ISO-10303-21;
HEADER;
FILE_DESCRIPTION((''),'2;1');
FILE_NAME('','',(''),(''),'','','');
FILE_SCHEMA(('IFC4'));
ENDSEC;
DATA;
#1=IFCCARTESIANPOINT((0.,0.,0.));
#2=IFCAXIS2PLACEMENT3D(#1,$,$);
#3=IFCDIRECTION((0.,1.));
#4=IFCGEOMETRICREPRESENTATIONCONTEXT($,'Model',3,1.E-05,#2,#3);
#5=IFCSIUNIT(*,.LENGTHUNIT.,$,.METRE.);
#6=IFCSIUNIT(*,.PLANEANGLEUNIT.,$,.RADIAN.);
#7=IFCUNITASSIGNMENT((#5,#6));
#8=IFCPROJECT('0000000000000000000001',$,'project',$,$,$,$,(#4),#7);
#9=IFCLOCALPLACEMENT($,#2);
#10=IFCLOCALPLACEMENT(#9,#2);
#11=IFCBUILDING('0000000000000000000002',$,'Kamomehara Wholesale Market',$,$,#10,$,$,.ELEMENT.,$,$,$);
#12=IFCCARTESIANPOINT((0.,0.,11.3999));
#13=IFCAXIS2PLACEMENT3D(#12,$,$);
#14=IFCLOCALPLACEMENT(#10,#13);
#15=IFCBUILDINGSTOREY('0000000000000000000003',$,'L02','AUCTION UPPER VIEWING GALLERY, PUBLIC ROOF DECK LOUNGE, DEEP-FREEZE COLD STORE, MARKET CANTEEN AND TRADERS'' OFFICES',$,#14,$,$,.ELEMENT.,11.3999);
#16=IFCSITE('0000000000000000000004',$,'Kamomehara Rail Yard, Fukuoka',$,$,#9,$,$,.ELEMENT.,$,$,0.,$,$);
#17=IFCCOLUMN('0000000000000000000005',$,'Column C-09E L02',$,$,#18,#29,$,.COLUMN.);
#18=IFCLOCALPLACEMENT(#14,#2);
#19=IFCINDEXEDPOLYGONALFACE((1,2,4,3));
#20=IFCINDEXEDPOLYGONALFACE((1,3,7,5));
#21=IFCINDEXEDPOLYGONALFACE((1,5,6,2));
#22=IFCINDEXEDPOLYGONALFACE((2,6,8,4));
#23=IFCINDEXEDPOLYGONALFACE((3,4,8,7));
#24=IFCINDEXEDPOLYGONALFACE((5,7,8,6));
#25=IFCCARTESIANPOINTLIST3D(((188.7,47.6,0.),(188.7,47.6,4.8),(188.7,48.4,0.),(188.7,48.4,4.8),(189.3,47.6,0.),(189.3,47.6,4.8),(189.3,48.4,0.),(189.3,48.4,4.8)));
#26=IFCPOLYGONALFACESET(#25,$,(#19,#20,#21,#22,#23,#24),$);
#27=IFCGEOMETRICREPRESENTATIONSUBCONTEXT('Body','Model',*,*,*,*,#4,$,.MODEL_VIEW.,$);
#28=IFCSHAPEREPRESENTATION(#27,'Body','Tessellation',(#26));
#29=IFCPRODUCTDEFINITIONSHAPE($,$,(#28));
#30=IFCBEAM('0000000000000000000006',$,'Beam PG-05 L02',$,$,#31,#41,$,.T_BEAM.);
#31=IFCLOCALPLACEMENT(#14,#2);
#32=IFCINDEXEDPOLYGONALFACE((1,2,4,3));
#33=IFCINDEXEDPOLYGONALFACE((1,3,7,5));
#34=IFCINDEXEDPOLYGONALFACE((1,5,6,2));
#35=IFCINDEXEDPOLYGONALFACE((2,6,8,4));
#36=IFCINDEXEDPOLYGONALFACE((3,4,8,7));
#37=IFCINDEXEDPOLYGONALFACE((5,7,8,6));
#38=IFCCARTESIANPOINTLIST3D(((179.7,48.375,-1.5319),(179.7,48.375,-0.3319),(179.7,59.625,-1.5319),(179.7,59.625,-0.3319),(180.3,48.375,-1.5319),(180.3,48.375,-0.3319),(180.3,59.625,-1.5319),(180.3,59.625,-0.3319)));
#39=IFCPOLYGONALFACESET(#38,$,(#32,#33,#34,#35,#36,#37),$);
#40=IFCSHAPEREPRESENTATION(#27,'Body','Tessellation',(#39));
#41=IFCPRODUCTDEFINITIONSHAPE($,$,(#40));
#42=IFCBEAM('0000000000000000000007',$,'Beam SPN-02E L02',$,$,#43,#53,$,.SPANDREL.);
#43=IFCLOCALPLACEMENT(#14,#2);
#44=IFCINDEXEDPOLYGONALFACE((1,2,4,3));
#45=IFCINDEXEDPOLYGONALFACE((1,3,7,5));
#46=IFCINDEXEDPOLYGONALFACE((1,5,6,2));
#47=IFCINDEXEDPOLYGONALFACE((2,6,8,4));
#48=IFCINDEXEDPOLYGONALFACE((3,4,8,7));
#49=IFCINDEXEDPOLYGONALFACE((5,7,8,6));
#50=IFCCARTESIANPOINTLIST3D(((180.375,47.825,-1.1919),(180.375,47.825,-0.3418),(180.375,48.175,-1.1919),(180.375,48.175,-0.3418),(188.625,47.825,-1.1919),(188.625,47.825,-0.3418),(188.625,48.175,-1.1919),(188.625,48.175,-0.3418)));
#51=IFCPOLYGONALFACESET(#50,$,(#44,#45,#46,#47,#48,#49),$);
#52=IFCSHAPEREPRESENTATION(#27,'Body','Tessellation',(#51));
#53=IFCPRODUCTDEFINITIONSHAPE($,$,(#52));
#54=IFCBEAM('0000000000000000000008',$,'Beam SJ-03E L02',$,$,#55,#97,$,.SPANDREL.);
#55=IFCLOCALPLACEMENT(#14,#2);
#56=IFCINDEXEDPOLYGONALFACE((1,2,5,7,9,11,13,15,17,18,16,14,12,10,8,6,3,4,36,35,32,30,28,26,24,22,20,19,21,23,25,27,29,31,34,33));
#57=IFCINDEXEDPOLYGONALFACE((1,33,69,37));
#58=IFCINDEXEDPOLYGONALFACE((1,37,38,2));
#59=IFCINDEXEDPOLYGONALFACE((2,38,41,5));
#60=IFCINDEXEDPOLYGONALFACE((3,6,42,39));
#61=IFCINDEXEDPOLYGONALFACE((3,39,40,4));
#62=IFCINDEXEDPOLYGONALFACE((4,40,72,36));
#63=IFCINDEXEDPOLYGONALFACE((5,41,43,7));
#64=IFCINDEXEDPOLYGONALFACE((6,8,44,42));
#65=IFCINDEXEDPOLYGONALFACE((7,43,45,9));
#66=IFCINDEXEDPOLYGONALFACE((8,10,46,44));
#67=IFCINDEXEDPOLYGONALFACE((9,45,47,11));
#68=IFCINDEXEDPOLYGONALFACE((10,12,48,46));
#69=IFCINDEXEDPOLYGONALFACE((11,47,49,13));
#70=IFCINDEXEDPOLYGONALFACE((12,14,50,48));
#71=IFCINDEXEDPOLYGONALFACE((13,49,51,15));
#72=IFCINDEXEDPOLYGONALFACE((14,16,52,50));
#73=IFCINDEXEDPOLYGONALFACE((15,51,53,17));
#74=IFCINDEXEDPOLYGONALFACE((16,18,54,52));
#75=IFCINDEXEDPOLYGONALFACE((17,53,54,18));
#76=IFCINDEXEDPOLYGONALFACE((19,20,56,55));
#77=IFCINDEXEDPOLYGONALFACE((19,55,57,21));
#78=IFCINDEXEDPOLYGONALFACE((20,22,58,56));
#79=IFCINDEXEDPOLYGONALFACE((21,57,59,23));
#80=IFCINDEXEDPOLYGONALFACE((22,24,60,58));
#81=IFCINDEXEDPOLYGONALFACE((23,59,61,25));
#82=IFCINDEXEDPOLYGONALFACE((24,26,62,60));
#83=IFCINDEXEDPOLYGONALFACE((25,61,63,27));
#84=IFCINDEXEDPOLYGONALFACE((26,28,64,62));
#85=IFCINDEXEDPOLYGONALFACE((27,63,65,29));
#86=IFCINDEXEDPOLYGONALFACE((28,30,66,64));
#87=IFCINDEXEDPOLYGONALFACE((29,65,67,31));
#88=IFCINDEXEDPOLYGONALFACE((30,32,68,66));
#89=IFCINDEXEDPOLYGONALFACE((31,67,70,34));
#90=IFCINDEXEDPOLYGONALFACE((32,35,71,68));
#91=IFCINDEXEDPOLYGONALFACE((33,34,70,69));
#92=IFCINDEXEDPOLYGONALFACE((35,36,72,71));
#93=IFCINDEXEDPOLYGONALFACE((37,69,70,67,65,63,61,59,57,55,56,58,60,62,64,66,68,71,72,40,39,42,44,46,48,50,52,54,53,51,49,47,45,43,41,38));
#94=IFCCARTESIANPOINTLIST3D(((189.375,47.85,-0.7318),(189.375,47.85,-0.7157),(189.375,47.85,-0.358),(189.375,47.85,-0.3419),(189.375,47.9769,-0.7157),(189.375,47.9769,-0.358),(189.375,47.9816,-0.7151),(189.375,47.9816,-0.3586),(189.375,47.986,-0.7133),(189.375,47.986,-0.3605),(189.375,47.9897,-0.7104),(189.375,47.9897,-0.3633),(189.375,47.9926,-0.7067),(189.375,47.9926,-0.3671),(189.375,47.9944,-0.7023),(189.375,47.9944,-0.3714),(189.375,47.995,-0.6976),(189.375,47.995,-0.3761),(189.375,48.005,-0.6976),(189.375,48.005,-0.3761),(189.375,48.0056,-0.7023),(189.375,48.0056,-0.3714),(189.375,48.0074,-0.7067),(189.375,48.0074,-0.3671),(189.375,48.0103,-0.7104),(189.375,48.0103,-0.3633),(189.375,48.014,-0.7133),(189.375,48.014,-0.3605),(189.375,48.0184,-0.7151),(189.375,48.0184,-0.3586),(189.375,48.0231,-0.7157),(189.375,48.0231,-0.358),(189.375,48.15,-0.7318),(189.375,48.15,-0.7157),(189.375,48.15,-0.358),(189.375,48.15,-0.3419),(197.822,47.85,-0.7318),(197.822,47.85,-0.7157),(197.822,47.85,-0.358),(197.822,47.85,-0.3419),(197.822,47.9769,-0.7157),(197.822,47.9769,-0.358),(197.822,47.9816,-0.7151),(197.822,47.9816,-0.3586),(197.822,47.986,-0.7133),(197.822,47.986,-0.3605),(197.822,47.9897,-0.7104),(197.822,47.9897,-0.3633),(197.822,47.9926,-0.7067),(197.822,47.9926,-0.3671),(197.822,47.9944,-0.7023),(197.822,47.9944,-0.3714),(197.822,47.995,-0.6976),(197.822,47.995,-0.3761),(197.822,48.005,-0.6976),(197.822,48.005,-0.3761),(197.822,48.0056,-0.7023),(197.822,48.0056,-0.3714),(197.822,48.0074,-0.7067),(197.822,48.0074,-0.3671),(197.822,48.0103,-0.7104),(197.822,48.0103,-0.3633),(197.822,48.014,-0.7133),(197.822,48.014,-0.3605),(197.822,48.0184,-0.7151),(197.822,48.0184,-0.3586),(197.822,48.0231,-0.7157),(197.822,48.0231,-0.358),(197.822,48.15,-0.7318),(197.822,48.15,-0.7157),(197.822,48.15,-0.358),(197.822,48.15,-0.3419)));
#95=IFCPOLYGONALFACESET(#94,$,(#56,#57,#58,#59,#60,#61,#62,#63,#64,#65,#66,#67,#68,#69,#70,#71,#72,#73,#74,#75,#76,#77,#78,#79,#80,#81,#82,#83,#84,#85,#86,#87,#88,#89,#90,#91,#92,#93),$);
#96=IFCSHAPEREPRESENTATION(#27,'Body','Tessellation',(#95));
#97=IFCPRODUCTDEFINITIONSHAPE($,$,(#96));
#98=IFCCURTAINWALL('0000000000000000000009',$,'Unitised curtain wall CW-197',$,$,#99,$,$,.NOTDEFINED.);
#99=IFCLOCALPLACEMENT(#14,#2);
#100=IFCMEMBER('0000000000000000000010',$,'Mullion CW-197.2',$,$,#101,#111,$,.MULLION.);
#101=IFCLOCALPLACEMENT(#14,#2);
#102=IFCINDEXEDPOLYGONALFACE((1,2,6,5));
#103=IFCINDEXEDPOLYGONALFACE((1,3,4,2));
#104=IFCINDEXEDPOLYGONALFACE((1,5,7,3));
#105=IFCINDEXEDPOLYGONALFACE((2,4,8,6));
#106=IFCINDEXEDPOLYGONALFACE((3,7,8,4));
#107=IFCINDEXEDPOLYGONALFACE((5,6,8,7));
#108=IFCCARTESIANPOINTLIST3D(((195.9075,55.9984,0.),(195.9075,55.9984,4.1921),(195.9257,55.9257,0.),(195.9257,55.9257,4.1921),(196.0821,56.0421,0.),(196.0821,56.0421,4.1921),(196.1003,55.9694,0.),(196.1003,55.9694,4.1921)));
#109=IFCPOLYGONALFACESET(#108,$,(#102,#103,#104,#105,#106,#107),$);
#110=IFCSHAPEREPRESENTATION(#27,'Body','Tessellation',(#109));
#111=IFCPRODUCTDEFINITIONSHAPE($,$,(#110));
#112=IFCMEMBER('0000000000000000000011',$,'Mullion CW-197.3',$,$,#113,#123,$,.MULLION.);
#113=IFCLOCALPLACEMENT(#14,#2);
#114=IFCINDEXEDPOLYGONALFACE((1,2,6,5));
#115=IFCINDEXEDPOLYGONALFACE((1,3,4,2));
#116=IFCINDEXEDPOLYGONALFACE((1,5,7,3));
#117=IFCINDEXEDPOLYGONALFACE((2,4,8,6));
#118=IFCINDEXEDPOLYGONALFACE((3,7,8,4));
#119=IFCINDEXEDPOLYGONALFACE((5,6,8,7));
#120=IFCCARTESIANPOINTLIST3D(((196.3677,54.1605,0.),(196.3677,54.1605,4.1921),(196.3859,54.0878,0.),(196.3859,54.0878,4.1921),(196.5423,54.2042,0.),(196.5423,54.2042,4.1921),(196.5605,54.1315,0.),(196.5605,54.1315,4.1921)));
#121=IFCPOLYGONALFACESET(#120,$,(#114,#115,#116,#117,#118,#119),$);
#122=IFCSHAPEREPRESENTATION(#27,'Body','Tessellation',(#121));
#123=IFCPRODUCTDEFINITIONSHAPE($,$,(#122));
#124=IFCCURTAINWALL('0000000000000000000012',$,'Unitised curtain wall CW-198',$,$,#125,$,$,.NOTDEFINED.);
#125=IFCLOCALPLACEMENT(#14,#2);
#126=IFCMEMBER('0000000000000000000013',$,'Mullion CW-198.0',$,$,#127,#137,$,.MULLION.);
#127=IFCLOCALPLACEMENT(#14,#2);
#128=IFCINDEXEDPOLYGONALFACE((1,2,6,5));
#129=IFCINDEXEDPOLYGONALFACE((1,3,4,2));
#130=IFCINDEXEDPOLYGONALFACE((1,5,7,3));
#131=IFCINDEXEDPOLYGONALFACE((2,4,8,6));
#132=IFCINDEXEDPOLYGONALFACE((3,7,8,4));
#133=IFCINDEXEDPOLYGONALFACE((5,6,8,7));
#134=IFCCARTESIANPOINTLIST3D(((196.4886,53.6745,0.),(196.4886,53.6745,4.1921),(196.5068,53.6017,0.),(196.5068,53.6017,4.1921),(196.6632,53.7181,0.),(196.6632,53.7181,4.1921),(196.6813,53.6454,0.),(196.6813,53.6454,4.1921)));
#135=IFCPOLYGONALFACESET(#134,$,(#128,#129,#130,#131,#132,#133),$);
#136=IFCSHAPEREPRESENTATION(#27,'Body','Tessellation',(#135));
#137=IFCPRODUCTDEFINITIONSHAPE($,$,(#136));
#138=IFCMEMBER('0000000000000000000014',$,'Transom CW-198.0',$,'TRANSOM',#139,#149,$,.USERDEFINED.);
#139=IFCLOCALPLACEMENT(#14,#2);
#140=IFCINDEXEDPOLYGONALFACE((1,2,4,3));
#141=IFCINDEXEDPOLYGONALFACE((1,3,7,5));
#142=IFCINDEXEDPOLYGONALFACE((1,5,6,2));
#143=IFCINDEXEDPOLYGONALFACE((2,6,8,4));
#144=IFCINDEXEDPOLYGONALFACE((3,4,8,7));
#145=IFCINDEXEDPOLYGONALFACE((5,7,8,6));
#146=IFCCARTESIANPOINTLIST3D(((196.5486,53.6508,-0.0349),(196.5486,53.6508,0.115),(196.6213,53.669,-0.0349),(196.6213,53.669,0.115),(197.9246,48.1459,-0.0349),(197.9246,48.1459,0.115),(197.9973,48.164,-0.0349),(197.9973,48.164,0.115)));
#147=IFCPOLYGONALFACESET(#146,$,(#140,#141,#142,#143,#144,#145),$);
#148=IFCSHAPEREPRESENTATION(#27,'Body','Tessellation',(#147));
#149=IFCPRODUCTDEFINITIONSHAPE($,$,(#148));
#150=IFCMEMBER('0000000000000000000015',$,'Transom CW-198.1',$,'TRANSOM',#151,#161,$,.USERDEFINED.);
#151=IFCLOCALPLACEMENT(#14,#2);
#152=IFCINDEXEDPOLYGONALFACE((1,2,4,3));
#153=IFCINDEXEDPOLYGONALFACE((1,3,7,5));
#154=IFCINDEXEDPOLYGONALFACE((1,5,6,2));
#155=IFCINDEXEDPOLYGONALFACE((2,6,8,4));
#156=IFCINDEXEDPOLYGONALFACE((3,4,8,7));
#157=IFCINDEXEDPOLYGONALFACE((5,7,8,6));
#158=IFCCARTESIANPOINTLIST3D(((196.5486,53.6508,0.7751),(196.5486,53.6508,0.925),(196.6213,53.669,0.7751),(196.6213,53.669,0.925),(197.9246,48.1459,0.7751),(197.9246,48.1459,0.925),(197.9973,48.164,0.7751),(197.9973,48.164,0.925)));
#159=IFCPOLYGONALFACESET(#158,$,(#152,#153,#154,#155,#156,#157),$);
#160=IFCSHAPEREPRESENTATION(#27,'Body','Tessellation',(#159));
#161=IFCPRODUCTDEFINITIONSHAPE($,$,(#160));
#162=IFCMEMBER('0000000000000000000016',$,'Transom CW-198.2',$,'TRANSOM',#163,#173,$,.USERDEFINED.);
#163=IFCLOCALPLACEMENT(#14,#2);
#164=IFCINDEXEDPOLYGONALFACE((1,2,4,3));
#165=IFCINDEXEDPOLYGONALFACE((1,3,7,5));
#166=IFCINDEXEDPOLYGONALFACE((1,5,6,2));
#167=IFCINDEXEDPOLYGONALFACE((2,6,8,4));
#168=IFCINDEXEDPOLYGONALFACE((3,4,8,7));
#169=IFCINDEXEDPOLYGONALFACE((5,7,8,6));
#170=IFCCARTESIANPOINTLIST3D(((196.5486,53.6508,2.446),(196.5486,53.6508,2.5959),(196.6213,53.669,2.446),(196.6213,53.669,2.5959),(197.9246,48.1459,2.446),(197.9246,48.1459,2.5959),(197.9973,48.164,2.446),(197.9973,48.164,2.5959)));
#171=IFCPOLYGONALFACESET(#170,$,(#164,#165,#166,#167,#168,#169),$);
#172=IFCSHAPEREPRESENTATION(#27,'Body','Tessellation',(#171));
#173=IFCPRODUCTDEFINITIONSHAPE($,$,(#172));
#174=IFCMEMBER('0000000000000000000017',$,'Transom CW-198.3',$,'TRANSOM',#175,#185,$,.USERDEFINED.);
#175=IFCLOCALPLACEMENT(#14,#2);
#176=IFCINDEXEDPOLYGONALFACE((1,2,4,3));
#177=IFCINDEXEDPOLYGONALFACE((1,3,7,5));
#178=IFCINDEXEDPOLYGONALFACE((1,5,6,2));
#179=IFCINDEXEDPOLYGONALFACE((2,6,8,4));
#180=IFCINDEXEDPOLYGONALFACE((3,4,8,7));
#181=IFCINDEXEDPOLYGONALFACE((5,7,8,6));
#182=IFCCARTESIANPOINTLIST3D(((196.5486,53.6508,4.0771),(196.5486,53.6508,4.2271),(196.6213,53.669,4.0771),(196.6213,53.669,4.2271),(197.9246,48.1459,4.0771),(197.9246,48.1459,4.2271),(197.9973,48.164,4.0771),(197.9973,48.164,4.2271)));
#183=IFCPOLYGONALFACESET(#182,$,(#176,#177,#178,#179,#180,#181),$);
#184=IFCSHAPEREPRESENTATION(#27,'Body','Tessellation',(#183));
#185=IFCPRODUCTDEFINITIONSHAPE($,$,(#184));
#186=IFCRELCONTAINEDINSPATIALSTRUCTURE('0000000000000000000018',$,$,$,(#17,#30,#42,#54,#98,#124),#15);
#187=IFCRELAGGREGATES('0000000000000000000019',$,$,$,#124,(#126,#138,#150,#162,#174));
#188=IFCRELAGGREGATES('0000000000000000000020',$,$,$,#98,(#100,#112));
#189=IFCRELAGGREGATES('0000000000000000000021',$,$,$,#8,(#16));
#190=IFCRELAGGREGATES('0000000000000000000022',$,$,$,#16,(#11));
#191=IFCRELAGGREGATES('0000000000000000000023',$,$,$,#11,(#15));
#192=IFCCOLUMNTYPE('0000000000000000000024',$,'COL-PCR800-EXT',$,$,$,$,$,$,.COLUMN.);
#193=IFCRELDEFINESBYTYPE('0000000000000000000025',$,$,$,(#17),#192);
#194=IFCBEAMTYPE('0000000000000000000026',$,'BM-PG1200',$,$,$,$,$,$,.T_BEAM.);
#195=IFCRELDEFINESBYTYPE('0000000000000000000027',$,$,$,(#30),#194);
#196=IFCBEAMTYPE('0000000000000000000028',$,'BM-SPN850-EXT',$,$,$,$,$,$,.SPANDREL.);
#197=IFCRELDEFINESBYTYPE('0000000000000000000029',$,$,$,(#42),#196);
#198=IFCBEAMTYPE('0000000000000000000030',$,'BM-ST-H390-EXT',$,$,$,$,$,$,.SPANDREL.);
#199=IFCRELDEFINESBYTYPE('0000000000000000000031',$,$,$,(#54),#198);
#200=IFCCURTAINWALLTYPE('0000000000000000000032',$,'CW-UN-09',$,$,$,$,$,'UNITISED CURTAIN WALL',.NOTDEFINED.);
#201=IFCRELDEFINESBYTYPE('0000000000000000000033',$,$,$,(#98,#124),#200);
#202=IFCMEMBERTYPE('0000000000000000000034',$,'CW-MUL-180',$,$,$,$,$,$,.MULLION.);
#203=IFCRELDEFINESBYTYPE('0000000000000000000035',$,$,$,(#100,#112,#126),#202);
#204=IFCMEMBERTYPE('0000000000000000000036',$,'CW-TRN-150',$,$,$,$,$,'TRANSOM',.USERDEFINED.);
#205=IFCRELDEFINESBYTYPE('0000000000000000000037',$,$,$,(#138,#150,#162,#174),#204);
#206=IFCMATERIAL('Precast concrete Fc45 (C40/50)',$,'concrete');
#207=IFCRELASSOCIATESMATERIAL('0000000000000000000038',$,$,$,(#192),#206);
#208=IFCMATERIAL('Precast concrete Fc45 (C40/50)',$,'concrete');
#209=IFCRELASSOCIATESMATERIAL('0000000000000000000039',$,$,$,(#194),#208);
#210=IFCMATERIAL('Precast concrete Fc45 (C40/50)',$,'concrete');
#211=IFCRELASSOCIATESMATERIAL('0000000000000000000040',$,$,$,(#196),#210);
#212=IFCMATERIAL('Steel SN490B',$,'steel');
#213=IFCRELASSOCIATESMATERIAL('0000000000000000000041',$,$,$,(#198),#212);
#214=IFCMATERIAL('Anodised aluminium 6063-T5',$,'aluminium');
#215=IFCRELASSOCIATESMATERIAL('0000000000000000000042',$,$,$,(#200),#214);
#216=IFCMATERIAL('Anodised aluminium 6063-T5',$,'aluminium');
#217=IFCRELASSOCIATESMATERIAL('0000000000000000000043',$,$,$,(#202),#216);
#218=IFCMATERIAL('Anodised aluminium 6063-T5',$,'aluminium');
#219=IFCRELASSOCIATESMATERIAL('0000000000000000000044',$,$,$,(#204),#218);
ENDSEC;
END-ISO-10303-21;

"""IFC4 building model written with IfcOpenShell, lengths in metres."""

from ifc_helpers import new_model, si_unit, direction, frame, origin, origin_2d, place, context, subcontext, project, spatial, rectangle, i_section, extrude, material, material_profile, profile_set, type_object, element, aggregate, save


model = new_model("IFC4")

# Units and contexts
model_context = context("Model", 3, precision=1e-05, world=origin(), true_north=direction((0.0, 1.0)))
body_context = subcontext(model_context, "Body", "Model", "MODEL_VIEW")
ifc_project = project(units=[si_unit("LENGTHUNIT", "METRE"), si_unit("PLANEANGLEUNIT", "RADIAN")], contexts=[model_context])

# Site, building, storey
site_placement = place(None, origin())
site = spatial("IfcSite", under=ifc_project, at=site_placement, Name="Kamomehara Rail Yard, Fukuoka", CompositionType="ELEMENT", RefElevation=0.0)
building_placement = place(site_placement, origin())
building = spatial("IfcBuilding", under=site, at=building_placement, Name="Kamomehara Wholesale Market", CompositionType="ELEMENT")
storey_placement = place(building_placement, frame((0.0, 0.0, 11.3999)))
storey = spatial("IfcBuildingStorey", under=building, at=storey_placement, Name="L02", Description="AUCTION UPPER VIEWING GALLERY, PUBLIC ROOF DECK LOUNGE, DEEP-FREEZE COLD STORE, MARKET CANTEEN AND TRADERS' OFFICES", CompositionType="ELEMENT", Elevation=11.3999)

# Column
ifc_material_1 = material(Name="Precast concrete Fc45 (C40/50)", Category="concrete")
ifc_material_profile_1 = material_profile(ifc_material_1, rectangle(XDim=0.6001, YDim=0.8, at=origin_2d()), Name="PC-COL-600x800")
ifc_profile_set_1 = profile_set([ifc_material_profile_1], Name="Precast concrete Fc45 (C40/50)")
column_type = type_object("IfcColumnType", Name="COL-PCR800-EXT", PredefinedType="COLUMN", material=ifc_profile_set_1)
column_placement = place(storey_placement, frame((189.0, 48.0, 0.0), z_axis=(0.0, 0.0, 1.0), x_axis=(1.0, 0.0, 0.0)))
element("IfcColumn", 1, at=column_placement, inside=storey, type_object=column_type, Name="Column C-09E L02", PredefinedType="COLUMN", context=body_context, shape_type="SweptSolid", body=[
    extrude(rectangle(XDim=0.6001, YDim=0.8, at=origin_2d()), origin(), (0.0, 0.0, 1.0), 4.8),
])

# Beams
ifc_material_2 = material(Name="Precast concrete Fc45 (C40/50)", Category="concrete")
ifc_material_profile_2 = material_profile(ifc_material_2, rectangle(XDim=0.6001, YDim=1.2, at=origin_2d()), Name="PC-GRD-600x1200")
ifc_profile_set_2 = profile_set([ifc_material_profile_2], Name="Precast concrete Fc45 (C40/50)")
beam_type_1 = type_object("IfcBeamType", Name="BM-PG1200", PredefinedType="T_BEAM", material=ifc_profile_set_2)
beam_1_placement = place(storey_placement, frame((180.0, 48.375, -0.9319), z_axis=(0.0, 1.0, 0.0), x_axis=(-1.0, 0.0, 0.0)))
element("IfcBeam", 2, at=beam_1_placement, inside=storey, type_object=beam_type_1, Name="Beam PG-05 L02", PredefinedType="T_BEAM", context=body_context, shape_type="SweptSolid", body=[
    extrude(rectangle(XDim=0.6001, YDim=1.2, at=origin_2d()), origin(), (0.0, 0.0, 1.0), 11.25),
])
ifc_material_3 = material(Name="Precast concrete Fc45 (C40/50)", Category="concrete")
ifc_material_profile_3 = material_profile(ifc_material_3, rectangle(XDim=0.3501, YDim=0.8501, at=origin_2d()), Name="PC-SPN-350x850")
ifc_profile_set_3 = profile_set([ifc_material_profile_3], Name="Precast concrete Fc45 (C40/50)")
beam_type_2 = type_object("IfcBeamType", Name="BM-SPN850-EXT", PredefinedType="SPANDREL", material=ifc_profile_set_3)
beam_2_placement = place(storey_placement, frame((180.375, 48.0, -0.7668), z_axis=(1.0, 0.0, 0.0), x_axis=(0.0, 1.0, 0.0)))
element("IfcBeam", 3, at=beam_2_placement, inside=storey, type_object=beam_type_2, Name="Beam SPN-02E L02", PredefinedType="SPANDREL", context=body_context, shape_type="SweptSolid", body=[
    extrude(rectangle(XDim=0.3501, YDim=0.8501, at=origin_2d()), origin(), (0.0, 0.0, 1.0), 8.25),
])
ifc_material_4 = material(Name="Steel SN490B", Category="steel")
ifc_material_profile_4 = material_profile(ifc_material_4, i_section(OverallWidth=0.3, OverallDepth=0.3899, WebThickness=0.01, FlangeThickness=0.0161, FilletRadius=0.0181, at=origin_2d()), Name="H-390x300x10x16")
ifc_profile_set_4 = profile_set([ifc_material_profile_4], Name="Steel SN490B")
beam_type_3 = type_object("IfcBeamType", Name="BM-ST-H390-EXT", PredefinedType="SPANDREL", material=ifc_profile_set_4)
beam_3_placement = place(storey_placement, frame((189.375, 48.0, -0.5369), z_axis=(1.0, 0.0, 0.0), x_axis=(0.0, 1.0, 0.0)))
element("IfcBeam", 4, at=beam_3_placement, inside=storey, type_object=beam_type_3, Name="Beam SJ-03E L02", PredefinedType="SPANDREL", context=body_context, shape_type="SweptSolid", body=[
    extrude(i_section(OverallWidth=0.3, OverallDepth=0.3899, WebThickness=0.01, FlangeThickness=0.0161, FilletRadius=0.0181, at=origin_2d()), origin(), (0.0, 0.0, 1.0), 8.447),
])

# Curtain walls, members
ifc_material_5 = material(Name="Anodised aluminium 6063-T5", Category="aluminium")
curtain_wall_type = type_object("IfcCurtainWallType", Name="CW-UN-09", ElementType="UNITISED CURTAIN WALL", PredefinedType="NOTDEFINED", material=ifc_material_5)
curtain_wall_1_placement = place(storey_placement, origin())
curtain_wall_1 = element("IfcCurtainWall", 5, at=curtain_wall_1_placement, inside=storey, type_object=curtain_wall_type, Name="Unitised curtain wall CW-197", PredefinedType="NOTDEFINED")
ifc_material_6 = material(Name="Anodised aluminium 6063-T5", Category="aluminium")
ifc_material_profile_5 = material_profile(ifc_material_6, rectangle(XDim=0.075, YDim=0.1799, at=origin_2d()), Name="ALU-MUL-75x180")
ifc_profile_set_5 = profile_set([ifc_material_profile_5], Name="Anodised aluminium 6063-T5")
member_type_1 = type_object("IfcMemberType", Name="CW-MUL-180", PredefinedType="MULLION", material=ifc_profile_set_5)
member_1_placement = place(storey_placement, frame((196.0039, 55.9839, 0.0), z_axis=(0.0, 0.0, 1.0), x_axis=(0.242618, -0.970122, 0.0)))
member_1 = element("IfcMember", 6, at=member_1_placement, type_object=member_type_1, Name="Mullion CW-197.2", PredefinedType="MULLION", context=body_context, shape_type="SweptSolid", body=[
    extrude(rectangle(XDim=0.075, YDim=0.1799, at=origin_2d()), origin(), (0.0, 0.0, 1.0), 4.1921),
])
member_2_placement = place(storey_placement, frame((196.4641, 54.146, 0.0), z_axis=(0.0, 0.0, 1.0), x_axis=(0.242618, -0.970122, 0.0)))
member_2 = element("IfcMember", 7, at=member_2_placement, type_object=member_type_1, Name="Mullion CW-197.3", PredefinedType="MULLION", context=body_context, shape_type="SweptSolid", body=[
    extrude(rectangle(XDim=0.075, YDim=0.1799, at=origin_2d()), origin(), (0.0, 0.0, 1.0), 4.1921),
])
curtain_wall_2_placement = place(storey_placement, origin())
curtain_wall_2 = element("IfcCurtainWall", 8, at=curtain_wall_2_placement, inside=storey, type_object=curtain_wall_type, Name="Unitised curtain wall CW-198", PredefinedType="NOTDEFINED")
member_3_placement = place(storey_placement, frame((196.585, 53.6599, 0.0), z_axis=(0.0, 0.0, 1.0), x_axis=(0.242494, -0.970153, 0.0)))
member_3 = element("IfcMember", 9, at=member_3_placement, type_object=member_type_1, Name="Mullion CW-198.0", PredefinedType="MULLION", context=body_context, shape_type="SweptSolid", body=[
    extrude(rectangle(XDim=0.075, YDim=0.1799, at=origin_2d()), origin(), (0.0, 0.0, 1.0), 4.1921),
])
ifc_material_7 = material(Name="Anodised aluminium 6063-T5", Category="aluminium")
ifc_material_profile_6 = material_profile(ifc_material_7, rectangle(XDim=0.075, YDim=0.1499, at=origin_2d()), Name="ALU-TRN-75x150")
ifc_profile_set_6 = profile_set([ifc_material_profile_6], Name="Anodised aluminium 6063-T5")
member_type_2 = type_object("IfcMemberType", Name="CW-TRN-150", ElementType="TRANSOM", PredefinedType="USERDEFINED", material=ifc_profile_set_6)
member_4_placement = place(storey_placement, frame((196.585, 53.6599, 0.04), z_axis=(0.242495, -0.970153, 0.0), x_axis=(0.970153, 0.242495, 0.0)))
member_4 = element("IfcMember", 10, at=member_4_placement, type_object=member_type_2, Name="Transom CW-198.0", ObjectType="TRANSOM", PredefinedType="USERDEFINED", context=body_context, shape_type="SweptSolid", body=[
    extrude(rectangle(XDim=0.075, YDim=0.1499, at=origin_2d()), origin(), (0.0, 0.0, 1.0), 5.6743),
])
member_5_placement = place(storey_placement, frame((196.585, 53.6599, 0.8501), z_axis=(0.242495, -0.970153, 0.0), x_axis=(0.970153, 0.242495, 0.0)))
member_5 = element("IfcMember", 11, at=member_5_placement, type_object=member_type_2, Name="Transom CW-198.1", ObjectType="TRANSOM", PredefinedType="USERDEFINED", context=body_context, shape_type="SweptSolid", body=[
    extrude(rectangle(XDim=0.075, YDim=0.1499, at=origin_2d()), origin(), (0.0, 0.0, 1.0), 5.6743),
])
member_6_placement = place(storey_placement, frame((196.585, 53.6599, 2.521), z_axis=(0.242495, -0.970153, 0.0), x_axis=(0.970153, 0.242495, 0.0)))
member_6 = element("IfcMember", 12, at=member_6_placement, type_object=member_type_2, Name="Transom CW-198.2", ObjectType="TRANSOM", PredefinedType="USERDEFINED", context=body_context, shape_type="SweptSolid", body=[
    extrude(rectangle(XDim=0.075, YDim=0.1499, at=origin_2d()), origin(), (0.0, 0.0, 1.0), 5.6743),
])
member_7_placement = place(storey_placement, frame((196.585, 53.6599, 4.1521), z_axis=(0.242495, -0.970153, 0.0), x_axis=(0.970153, 0.242495, 0.0)))
member_7 = element("IfcMember", 13, at=member_7_placement, type_object=member_type_2, Name="Transom CW-198.3", ObjectType="TRANSOM", PredefinedType="USERDEFINED", context=body_context, shape_type="SweptSolid", body=[
    extrude(rectangle(XDim=0.075, YDim=0.1499, at=origin_2d()), origin(), (0.0, 0.0, 1.0), 5.6743),
])
aggregate(curtain_wall_2, [member_3, member_4, member_5, member_6, member_7])

aggregate(curtain_wall_1, [member_1, member_2])

save(model, "model.ifc")
